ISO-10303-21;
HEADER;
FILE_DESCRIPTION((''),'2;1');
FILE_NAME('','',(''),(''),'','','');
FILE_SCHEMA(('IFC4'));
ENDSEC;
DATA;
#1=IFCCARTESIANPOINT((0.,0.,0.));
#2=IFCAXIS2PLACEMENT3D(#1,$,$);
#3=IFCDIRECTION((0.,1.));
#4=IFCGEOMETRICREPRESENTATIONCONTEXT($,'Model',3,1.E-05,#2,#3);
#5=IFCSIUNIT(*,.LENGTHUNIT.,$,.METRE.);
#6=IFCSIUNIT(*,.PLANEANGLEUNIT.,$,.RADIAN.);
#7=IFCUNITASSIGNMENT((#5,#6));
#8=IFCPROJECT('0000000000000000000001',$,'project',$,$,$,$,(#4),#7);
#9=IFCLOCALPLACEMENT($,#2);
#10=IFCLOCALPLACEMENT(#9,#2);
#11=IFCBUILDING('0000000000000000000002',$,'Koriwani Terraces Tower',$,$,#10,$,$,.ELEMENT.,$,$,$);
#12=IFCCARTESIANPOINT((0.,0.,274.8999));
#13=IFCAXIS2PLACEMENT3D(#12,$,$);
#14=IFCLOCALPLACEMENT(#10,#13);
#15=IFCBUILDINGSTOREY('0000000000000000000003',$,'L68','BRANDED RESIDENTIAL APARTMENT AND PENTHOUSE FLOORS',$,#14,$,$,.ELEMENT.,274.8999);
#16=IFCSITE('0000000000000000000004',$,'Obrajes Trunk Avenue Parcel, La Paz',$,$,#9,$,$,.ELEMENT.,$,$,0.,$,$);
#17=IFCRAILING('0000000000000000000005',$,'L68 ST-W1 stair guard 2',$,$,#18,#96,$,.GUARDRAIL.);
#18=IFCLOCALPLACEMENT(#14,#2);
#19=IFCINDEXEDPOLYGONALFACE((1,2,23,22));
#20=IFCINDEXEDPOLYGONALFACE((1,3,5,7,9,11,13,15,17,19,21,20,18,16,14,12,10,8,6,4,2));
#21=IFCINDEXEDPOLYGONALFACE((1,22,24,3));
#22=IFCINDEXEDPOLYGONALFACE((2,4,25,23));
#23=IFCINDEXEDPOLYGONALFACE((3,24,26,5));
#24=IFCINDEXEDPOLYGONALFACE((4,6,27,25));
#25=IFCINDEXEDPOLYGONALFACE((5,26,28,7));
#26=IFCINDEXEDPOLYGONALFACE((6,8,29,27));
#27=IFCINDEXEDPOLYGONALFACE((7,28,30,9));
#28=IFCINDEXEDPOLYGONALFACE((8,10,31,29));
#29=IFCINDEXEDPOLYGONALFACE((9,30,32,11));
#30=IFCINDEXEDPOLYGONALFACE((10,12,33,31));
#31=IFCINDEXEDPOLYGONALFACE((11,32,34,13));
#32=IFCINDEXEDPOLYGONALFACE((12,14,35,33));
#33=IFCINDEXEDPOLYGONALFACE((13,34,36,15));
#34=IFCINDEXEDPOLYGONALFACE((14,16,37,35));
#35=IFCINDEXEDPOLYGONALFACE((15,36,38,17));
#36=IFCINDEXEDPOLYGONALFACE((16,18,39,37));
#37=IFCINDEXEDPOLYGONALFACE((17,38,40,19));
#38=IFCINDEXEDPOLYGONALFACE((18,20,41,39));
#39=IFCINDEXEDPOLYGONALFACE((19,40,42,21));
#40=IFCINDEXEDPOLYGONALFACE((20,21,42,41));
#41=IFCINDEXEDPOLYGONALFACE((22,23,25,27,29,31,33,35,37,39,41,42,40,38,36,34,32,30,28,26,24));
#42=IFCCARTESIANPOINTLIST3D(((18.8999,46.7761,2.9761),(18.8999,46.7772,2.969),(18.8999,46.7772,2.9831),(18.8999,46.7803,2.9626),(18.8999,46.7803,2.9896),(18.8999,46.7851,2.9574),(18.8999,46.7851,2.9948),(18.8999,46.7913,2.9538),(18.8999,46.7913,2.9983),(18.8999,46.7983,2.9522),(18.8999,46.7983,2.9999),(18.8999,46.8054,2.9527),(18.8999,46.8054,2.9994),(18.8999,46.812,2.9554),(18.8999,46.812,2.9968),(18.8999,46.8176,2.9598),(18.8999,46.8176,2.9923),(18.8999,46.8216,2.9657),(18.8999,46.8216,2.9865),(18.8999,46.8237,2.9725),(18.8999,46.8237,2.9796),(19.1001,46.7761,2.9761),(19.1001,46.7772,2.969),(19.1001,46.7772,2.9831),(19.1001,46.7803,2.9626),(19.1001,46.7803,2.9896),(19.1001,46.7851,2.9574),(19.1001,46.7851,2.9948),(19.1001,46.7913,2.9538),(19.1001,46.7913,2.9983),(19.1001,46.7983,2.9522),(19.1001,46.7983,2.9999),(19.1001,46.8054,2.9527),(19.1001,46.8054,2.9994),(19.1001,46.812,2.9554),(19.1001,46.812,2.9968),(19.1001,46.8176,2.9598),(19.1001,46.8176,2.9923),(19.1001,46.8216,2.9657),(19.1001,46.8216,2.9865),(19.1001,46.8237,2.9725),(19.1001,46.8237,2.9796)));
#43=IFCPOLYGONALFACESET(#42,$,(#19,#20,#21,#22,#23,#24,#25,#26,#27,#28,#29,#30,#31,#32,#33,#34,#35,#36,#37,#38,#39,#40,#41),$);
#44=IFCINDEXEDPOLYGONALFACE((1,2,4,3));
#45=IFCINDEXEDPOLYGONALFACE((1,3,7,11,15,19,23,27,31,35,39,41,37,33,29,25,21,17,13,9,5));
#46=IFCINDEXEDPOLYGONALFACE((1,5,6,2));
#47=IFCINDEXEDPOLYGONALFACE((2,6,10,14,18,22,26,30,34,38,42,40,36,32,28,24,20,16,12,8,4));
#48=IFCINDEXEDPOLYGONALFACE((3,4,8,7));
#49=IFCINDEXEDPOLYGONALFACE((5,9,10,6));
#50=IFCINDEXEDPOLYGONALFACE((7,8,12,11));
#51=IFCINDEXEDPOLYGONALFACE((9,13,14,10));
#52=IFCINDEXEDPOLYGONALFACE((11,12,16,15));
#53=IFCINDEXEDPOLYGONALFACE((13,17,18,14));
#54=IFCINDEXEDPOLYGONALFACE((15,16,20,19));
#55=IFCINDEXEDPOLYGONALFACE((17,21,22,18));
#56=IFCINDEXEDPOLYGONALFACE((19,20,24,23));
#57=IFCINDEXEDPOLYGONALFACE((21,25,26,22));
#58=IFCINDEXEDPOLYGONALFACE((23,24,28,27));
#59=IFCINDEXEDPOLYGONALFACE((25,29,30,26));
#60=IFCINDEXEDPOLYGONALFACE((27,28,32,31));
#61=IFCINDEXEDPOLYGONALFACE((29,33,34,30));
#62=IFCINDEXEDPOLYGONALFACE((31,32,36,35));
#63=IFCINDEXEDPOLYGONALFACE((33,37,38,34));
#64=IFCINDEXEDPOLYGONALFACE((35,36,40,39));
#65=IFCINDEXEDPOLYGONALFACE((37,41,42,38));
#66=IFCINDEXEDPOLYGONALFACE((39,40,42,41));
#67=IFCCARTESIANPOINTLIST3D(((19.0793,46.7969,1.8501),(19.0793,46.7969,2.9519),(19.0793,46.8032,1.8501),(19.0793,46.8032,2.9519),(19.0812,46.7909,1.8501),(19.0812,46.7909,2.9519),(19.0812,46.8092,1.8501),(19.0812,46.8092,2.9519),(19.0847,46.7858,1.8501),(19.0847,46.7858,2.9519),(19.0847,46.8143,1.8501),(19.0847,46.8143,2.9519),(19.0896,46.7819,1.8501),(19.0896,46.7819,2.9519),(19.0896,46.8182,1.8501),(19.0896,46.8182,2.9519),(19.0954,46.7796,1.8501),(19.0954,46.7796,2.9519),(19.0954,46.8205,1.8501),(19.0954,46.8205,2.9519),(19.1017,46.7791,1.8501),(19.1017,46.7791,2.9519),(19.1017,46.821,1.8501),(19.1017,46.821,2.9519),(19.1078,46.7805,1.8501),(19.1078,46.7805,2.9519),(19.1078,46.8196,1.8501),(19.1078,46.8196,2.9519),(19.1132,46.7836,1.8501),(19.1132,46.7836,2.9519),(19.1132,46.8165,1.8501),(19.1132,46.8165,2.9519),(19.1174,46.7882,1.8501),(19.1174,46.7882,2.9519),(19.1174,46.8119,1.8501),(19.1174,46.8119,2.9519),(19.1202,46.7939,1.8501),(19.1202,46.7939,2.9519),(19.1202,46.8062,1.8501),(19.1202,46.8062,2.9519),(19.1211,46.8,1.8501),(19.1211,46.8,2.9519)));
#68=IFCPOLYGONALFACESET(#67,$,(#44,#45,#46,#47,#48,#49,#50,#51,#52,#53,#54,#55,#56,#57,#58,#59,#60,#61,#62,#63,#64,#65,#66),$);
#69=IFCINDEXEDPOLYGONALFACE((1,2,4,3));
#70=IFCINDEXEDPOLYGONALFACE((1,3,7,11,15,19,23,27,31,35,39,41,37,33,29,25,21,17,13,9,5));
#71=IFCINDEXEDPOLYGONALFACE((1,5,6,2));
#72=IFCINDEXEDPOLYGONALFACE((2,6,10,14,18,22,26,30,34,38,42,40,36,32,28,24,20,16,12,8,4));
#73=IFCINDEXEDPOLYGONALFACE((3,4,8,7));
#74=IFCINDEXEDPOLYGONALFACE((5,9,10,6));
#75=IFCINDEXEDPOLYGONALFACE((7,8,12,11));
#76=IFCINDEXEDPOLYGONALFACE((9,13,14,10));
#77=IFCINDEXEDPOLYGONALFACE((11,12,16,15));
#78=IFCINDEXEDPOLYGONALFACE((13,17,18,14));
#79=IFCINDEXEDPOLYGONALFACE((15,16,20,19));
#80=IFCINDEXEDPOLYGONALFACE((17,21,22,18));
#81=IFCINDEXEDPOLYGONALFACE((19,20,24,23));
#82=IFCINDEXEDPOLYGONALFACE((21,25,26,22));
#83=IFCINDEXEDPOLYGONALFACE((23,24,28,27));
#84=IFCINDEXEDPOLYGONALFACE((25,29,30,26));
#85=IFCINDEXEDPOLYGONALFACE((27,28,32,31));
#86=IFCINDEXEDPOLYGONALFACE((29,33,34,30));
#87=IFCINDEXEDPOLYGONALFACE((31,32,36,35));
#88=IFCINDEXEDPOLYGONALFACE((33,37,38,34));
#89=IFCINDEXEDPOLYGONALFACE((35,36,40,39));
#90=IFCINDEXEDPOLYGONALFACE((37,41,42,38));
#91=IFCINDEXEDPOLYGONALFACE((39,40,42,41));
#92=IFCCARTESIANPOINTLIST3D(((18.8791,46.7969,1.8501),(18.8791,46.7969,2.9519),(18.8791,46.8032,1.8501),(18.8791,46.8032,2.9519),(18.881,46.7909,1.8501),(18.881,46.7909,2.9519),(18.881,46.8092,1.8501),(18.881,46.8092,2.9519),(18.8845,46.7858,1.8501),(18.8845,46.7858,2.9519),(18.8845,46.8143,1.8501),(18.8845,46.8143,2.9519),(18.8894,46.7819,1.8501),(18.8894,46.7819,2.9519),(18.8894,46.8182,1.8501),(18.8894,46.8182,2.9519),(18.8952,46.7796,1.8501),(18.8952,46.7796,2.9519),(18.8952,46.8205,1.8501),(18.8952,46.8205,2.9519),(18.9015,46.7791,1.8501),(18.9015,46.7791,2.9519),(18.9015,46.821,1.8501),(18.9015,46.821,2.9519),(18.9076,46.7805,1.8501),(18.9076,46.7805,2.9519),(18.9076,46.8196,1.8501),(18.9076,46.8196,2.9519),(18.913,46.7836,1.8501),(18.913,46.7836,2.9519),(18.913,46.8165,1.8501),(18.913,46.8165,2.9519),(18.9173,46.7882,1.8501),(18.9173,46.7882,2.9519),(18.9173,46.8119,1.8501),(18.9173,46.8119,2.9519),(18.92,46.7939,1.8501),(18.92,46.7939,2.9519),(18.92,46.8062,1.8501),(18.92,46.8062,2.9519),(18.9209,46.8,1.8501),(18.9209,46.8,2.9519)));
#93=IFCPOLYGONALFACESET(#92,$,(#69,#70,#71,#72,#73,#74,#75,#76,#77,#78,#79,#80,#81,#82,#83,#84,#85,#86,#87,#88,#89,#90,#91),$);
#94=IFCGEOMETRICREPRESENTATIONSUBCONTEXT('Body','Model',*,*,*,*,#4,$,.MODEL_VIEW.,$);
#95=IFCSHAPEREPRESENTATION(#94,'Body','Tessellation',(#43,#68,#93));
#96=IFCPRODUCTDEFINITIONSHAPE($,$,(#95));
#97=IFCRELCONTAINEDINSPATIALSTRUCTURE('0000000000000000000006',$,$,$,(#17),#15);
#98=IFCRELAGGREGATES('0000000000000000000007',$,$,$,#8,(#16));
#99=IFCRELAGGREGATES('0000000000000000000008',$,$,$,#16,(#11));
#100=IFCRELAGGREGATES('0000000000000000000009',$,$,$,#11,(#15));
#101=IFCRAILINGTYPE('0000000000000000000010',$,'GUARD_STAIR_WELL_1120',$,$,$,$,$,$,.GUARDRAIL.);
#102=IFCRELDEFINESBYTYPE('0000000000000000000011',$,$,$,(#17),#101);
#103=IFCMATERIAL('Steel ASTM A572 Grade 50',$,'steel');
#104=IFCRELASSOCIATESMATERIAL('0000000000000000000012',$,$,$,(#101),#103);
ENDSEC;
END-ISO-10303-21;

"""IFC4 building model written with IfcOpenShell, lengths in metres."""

from ifc_helpers import new_model, si_unit, direction, frame, origin, origin_2d, place, context, subcontext, project, spatial, circle, extrude, material, type_object, element, save


model = new_model("IFC4")

# Units and contexts
model_context = context("Model", 3, precision=1e-05, world=origin(), true_north=direction((0.0, 1.0)))
body_context = subcontext(model_context, "Body", "Model", "MODEL_VIEW")
ifc_project = project(units=[si_unit("LENGTHUNIT", "METRE"), si_unit("PLANEANGLEUNIT", "RADIAN")], contexts=[model_context])

# Site, building, storey
site_placement = place(None, origin())
site = spatial("IfcSite", under=ifc_project, at=site_placement, Name="Obrajes Trunk Avenue Parcel, La Paz", CompositionType="ELEMENT", RefElevation=0.0)
building_placement = place(site_placement, origin())
building = spatial("IfcBuilding", under=site, at=building_placement, Name="Koriwani Terraces Tower", CompositionType="ELEMENT")
storey_placement = place(building_placement, frame((0.0, 0.0, 274.8999)))
storey = spatial("IfcBuildingStorey", under=building, at=storey_placement, Name="L68", Description="BRANDED RESIDENTIAL APARTMENT AND PENTHOUSE FLOORS", CompositionType="ELEMENT", Elevation=274.8999)

# Railing
ifc_material_1 = material(Name="Steel ASTM A572 Grade 50", Category="steel")
railing_type_1 = type_object("IfcRailingType", Name="GUARD_STAIR_WELL_1120", PredefinedType="GUARDRAIL", material=ifc_material_1)
railing_1_placement = place(storey_placement, frame((19.1001, 46.8, 1.8501)))
element("IfcRailing", 1, at=railing_1_placement, inside=storey, type_object=railing_type_1, Name="L68 ST-W1 stair guard 2", PredefinedType="GUARDRAIL", context=body_context, shape_type="SweptSolid", body=[
    extrude(circle(Radius=0.0239, at=origin_2d()), frame((0.0, 0.0, 1.126), z_axis=(-1.0, 0.0, 0.0), x_axis=(0.0, -1.0, 0.0)), (0.0, 0.0, 1.0), 0.2002),
    extrude(circle(Radius=0.021, at=origin_2d()), origin(), (0.0, 0.0, 1.0), 1.1018),
    extrude(circle(Radius=0.021, at=origin_2d()), frame((-0.2002, 0.0, 0.0)), (0.0, 0.0, 1.0), 1.1018),
])

save(model, "model.ifc")
